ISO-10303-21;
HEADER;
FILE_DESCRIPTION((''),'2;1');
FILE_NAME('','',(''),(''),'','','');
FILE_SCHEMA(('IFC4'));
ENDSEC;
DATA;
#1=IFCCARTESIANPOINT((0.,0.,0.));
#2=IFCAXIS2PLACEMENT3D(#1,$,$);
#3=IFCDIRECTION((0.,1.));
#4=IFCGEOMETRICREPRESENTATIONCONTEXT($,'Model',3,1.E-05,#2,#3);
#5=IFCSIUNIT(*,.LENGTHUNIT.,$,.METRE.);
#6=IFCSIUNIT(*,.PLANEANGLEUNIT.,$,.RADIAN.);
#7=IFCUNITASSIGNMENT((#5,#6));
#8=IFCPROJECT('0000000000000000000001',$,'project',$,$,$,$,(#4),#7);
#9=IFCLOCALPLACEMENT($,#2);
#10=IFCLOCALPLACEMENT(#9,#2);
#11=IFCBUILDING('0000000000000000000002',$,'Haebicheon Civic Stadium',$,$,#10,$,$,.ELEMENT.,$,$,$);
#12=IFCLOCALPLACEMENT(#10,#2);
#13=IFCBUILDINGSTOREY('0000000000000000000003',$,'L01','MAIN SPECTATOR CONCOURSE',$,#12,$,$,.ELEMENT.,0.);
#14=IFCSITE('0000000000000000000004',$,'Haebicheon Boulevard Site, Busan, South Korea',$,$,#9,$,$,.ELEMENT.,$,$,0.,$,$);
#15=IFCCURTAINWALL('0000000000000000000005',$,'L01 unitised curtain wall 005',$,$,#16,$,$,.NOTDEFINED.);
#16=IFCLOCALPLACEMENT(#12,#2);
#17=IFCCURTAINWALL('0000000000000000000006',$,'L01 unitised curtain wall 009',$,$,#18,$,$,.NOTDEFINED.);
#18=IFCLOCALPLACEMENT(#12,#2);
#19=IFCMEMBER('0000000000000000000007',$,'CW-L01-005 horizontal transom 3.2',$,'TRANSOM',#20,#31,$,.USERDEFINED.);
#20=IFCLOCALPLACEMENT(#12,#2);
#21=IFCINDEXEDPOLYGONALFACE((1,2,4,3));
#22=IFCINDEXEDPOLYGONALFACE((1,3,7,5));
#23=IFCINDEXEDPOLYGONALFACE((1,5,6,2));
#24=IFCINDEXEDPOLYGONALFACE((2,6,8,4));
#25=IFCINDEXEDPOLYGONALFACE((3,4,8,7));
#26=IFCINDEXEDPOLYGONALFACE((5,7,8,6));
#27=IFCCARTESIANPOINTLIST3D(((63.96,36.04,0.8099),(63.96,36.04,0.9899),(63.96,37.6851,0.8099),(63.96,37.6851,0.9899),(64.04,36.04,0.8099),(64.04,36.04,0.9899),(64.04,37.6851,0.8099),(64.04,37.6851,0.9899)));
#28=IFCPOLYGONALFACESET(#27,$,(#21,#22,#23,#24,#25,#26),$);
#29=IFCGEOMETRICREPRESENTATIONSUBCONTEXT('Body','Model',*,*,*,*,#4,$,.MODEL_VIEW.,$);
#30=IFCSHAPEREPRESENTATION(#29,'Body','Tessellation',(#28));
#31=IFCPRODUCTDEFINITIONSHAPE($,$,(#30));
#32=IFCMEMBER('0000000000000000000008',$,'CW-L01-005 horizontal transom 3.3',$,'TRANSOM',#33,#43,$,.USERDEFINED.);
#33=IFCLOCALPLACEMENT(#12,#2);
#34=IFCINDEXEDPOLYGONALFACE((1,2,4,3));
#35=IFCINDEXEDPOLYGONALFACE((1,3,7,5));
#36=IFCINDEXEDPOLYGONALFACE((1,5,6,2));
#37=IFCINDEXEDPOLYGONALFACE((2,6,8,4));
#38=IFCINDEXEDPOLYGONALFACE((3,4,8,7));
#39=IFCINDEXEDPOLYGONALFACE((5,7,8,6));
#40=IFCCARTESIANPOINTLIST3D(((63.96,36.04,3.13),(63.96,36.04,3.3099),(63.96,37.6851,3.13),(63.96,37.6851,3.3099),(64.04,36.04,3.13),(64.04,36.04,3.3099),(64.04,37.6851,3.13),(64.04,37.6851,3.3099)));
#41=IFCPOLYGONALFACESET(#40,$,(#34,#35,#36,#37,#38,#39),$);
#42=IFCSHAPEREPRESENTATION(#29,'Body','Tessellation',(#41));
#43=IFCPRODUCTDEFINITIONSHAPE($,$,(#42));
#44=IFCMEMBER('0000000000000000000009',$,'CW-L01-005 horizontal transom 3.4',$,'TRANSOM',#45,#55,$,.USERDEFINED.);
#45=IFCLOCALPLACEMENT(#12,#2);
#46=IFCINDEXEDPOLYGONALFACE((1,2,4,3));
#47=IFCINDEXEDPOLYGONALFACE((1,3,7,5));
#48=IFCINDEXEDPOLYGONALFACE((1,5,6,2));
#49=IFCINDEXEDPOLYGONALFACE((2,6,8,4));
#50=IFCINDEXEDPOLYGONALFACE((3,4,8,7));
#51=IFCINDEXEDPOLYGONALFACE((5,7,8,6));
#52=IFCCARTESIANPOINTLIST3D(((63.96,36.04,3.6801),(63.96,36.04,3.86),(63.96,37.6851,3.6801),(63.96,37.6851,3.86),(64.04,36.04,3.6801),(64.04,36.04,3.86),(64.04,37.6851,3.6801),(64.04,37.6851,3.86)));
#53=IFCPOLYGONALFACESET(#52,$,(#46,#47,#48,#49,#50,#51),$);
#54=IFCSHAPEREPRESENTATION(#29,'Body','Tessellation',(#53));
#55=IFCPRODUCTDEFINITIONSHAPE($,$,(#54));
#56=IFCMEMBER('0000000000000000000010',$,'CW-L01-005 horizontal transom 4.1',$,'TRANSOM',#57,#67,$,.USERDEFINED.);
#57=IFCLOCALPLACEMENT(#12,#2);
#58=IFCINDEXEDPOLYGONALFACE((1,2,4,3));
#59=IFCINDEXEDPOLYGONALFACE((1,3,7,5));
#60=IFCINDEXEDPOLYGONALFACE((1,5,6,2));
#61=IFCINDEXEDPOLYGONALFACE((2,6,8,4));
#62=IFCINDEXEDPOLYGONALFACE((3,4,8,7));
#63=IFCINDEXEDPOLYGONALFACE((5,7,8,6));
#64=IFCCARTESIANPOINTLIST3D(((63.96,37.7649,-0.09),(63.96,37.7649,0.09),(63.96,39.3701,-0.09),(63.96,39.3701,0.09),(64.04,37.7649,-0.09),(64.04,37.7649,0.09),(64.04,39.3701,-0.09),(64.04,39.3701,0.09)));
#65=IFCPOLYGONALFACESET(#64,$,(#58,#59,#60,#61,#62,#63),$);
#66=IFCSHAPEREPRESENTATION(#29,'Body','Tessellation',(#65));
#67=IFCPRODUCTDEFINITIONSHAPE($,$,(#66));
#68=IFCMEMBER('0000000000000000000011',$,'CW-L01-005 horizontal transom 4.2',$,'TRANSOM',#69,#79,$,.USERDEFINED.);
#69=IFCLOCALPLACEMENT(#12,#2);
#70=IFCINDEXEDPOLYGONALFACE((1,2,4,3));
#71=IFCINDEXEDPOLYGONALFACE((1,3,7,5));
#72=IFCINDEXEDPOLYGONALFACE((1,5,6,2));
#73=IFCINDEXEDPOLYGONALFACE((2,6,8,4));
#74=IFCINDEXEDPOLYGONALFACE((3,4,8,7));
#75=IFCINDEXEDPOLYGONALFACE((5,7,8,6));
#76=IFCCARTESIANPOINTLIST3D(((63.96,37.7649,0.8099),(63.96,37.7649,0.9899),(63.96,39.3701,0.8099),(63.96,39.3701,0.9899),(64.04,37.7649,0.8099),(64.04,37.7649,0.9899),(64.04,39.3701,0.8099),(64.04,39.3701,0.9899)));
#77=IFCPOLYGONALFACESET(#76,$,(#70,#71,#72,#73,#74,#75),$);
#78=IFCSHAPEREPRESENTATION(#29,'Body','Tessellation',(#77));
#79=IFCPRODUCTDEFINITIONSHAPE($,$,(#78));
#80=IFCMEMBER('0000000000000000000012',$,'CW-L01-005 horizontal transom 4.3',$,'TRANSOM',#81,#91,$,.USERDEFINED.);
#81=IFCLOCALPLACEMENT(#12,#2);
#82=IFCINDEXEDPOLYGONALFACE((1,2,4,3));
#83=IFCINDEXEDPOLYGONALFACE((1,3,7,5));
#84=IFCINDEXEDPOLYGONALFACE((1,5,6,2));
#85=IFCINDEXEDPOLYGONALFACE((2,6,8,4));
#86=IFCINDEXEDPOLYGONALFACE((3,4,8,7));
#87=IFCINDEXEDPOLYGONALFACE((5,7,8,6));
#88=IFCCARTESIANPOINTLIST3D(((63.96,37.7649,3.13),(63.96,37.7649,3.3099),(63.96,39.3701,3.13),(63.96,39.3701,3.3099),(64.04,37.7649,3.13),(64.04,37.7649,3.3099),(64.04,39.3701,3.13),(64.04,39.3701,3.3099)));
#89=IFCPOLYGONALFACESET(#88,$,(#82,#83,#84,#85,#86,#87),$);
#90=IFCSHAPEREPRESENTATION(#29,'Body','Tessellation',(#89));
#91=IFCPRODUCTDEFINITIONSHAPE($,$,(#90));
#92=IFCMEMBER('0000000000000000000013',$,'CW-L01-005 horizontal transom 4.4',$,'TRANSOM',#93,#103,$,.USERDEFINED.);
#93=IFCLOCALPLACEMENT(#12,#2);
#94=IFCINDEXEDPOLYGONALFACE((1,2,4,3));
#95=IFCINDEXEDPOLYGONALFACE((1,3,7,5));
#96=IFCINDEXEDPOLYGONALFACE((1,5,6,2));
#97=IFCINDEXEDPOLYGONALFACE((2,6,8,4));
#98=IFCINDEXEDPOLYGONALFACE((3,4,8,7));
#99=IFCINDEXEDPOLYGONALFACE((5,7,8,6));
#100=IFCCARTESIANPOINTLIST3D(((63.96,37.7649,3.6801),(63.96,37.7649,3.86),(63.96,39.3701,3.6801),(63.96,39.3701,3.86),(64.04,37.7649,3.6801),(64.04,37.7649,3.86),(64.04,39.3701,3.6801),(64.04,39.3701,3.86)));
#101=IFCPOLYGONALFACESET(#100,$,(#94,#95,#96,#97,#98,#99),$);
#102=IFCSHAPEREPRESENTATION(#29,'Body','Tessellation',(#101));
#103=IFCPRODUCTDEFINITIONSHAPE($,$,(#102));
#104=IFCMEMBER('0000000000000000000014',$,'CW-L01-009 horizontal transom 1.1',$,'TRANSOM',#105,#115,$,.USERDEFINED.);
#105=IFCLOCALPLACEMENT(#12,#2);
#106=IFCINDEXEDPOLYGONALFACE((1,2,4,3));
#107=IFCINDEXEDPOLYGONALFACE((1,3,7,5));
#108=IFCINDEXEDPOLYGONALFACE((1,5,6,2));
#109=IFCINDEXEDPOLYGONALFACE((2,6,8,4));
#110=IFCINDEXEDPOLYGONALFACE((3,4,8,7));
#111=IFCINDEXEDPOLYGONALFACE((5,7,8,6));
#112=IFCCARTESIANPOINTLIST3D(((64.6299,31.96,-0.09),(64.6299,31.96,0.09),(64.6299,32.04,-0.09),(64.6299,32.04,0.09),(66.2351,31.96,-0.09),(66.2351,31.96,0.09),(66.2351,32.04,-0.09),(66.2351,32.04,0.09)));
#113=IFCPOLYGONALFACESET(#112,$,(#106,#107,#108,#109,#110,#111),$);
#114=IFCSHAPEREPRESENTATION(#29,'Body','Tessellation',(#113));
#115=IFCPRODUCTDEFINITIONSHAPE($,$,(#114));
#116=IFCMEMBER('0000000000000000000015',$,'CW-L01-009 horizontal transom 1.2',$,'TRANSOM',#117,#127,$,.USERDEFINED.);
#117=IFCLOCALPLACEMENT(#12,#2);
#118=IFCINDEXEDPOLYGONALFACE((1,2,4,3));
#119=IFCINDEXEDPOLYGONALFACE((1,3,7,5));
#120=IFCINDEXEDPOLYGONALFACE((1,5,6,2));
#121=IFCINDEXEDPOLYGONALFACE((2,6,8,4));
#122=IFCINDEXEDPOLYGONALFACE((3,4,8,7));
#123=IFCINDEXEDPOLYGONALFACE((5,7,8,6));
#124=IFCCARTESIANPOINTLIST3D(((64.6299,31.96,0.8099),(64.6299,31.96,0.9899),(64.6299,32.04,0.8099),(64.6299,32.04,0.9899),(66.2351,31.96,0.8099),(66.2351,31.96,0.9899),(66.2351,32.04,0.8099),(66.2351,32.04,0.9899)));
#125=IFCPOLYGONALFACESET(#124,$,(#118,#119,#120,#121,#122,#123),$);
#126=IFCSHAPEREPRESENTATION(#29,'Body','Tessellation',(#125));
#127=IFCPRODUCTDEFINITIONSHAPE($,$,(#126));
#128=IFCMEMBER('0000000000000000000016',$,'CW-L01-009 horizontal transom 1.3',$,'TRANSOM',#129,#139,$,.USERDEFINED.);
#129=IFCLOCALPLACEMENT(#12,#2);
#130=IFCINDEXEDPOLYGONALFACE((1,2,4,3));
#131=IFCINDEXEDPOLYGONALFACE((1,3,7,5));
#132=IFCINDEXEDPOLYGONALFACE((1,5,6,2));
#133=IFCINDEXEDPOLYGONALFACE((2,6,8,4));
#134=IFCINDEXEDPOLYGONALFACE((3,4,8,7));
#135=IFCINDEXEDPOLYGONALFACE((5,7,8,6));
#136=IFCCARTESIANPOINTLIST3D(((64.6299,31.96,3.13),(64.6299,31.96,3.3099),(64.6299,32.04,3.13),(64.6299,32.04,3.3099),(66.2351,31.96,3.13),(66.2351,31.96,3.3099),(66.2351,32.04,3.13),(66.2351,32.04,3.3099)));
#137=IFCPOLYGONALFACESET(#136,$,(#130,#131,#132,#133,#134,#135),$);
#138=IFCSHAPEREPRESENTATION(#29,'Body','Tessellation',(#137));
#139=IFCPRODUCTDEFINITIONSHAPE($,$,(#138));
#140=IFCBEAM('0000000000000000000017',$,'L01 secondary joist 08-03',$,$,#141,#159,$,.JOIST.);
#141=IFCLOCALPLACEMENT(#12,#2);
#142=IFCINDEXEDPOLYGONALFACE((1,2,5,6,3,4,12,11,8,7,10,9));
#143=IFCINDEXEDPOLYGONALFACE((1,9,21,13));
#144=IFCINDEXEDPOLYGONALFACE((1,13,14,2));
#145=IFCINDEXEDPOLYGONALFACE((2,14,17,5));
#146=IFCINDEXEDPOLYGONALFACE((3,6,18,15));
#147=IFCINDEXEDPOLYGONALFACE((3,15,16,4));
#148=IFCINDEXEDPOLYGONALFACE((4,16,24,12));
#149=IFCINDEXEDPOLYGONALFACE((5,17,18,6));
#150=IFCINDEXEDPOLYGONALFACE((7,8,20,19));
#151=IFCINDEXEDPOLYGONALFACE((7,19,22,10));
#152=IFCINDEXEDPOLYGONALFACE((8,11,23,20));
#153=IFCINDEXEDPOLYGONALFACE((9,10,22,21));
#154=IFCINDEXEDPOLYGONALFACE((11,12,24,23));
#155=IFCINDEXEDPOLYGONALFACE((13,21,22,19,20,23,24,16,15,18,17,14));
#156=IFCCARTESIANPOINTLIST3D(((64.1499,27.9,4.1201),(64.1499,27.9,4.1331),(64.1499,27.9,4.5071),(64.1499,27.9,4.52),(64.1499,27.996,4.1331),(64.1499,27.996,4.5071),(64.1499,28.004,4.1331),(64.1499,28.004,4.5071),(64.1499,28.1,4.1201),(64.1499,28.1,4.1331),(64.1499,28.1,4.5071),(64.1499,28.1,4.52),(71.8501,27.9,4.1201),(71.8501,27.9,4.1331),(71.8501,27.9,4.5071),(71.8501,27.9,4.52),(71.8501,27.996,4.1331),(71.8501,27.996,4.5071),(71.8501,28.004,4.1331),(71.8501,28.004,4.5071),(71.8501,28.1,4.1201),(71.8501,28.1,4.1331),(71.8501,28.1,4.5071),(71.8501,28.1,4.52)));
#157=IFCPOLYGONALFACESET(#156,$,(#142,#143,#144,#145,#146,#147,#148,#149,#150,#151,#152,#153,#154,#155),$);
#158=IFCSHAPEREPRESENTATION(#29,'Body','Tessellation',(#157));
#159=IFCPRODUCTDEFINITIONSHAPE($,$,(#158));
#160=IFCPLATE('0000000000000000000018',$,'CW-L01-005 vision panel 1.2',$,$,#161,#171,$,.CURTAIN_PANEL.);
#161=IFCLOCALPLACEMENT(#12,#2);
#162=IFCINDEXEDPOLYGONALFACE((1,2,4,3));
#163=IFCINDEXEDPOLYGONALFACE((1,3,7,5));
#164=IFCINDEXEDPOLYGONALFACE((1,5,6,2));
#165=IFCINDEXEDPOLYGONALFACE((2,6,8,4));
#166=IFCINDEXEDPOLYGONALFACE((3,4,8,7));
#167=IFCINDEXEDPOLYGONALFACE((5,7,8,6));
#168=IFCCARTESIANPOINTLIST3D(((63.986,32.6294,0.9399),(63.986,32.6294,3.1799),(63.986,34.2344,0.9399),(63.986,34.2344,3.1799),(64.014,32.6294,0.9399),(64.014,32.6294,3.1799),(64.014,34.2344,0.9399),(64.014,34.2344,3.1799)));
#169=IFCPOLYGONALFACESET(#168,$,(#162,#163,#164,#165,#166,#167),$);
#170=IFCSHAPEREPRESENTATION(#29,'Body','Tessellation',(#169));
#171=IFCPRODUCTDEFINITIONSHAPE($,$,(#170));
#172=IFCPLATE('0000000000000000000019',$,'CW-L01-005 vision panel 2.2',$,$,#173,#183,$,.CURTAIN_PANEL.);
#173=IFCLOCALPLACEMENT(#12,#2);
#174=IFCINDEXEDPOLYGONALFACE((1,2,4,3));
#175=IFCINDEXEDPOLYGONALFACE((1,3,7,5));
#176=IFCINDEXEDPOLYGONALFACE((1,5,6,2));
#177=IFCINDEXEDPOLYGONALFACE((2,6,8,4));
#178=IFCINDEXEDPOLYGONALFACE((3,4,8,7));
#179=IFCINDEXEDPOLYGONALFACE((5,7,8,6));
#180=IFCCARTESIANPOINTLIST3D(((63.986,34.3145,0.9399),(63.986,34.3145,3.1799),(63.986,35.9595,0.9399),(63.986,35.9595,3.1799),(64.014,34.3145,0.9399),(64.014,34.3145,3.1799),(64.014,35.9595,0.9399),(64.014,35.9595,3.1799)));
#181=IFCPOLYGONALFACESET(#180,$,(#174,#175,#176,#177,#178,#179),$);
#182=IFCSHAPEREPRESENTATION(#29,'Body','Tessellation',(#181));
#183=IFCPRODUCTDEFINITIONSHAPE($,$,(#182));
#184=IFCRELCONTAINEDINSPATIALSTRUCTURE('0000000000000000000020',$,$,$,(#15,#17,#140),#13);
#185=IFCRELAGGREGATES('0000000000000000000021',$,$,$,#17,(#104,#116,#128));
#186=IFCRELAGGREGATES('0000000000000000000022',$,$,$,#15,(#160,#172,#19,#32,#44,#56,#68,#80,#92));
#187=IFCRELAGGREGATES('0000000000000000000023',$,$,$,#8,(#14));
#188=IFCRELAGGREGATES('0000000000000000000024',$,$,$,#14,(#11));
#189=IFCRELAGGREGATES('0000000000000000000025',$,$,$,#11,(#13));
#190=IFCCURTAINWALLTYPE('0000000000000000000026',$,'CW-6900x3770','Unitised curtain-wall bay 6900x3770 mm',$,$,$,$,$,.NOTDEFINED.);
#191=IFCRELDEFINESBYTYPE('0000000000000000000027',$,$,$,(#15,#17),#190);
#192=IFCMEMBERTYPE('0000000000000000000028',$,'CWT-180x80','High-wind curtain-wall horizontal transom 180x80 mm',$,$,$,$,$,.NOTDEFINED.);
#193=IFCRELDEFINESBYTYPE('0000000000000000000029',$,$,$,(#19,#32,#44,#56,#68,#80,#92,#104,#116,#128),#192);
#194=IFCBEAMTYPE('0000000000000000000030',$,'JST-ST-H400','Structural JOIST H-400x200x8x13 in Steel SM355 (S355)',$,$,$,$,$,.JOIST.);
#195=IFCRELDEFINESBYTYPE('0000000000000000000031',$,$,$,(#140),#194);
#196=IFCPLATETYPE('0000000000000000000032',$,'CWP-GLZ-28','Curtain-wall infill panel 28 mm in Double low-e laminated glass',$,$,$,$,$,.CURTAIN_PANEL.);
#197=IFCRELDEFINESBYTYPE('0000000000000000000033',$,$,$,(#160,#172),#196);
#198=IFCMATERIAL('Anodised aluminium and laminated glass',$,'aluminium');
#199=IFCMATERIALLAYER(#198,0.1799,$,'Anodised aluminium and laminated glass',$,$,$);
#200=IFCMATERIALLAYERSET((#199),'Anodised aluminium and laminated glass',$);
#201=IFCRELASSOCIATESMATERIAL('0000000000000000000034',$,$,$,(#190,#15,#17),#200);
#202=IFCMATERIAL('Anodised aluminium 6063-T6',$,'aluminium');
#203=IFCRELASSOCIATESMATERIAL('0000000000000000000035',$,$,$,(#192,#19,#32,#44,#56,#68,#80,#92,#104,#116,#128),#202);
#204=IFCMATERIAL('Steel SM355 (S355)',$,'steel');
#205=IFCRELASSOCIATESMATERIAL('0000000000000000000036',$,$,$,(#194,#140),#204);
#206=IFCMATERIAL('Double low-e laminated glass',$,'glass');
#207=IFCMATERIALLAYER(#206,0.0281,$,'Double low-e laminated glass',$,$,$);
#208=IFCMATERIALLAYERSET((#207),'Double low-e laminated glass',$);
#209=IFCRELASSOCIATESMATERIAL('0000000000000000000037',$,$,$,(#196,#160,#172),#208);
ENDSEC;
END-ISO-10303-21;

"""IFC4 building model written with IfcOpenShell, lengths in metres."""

from ifc_helpers import new_model, si_unit, direction, frame, origin, origin_2d, place, context, subcontext, project, spatial, rectangle, i_section, extrude, material, layer, layer_set, material_profile, profile_set, type_object, element, aggregate, save


model = new_model("IFC4")

# Units and contexts
model_context = context("Model", 3, precision=1e-05, world=origin(), true_north=direction((0.0, 1.0)))
body_context = subcontext(model_context, "Body", "Model", "MODEL_VIEW")
ifc_project = project(units=[si_unit("LENGTHUNIT", "METRE"), si_unit("PLANEANGLEUNIT", "RADIAN")], contexts=[model_context])

# Site, building, storey
site_placement = place(None, origin())
site = spatial("IfcSite", under=ifc_project, at=site_placement, Name="Haebicheon Boulevard Site, Busan, South Korea", CompositionType="ELEMENT", RefElevation=0.0)
building_placement = place(site_placement, origin())
building = spatial("IfcBuilding", under=site, at=building_placement, Name="Haebicheon Civic Stadium", CompositionType="ELEMENT")
storey_placement = place(building_placement, origin())
storey = spatial("IfcBuildingStorey", under=building, at=storey_placement, Name="L01", Description="MAIN SPECTATOR CONCOURSE", CompositionType="ELEMENT", Elevation=0.0)

# Curtain wall
ifc_material_1 = material(Name="Anodised aluminium and laminated glass", Category="aluminium")
ifc_layer_1 = layer(ifc_material_1, 0.1799, Name="Anodised aluminium and laminated glass")
ifc_layer_set_1 = layer_set([ifc_layer_1], Name="Anodised aluminium and laminated glass")
curtain_wall_type = type_object("IfcCurtainWallType", Name="CW-6900x3770", Description="Unitised curtain-wall bay 6900x3770 mm", PredefinedType="NOTDEFINED", material=ifc_layer_set_1)
curtain_wall_1_placement = place(storey_placement, origin())
curtain_wall_1 = element("IfcCurtainWall", 1, at=curtain_wall_1_placement, inside=storey, type_object=curtain_wall_type, material=ifc_layer_set_1, Name="L01 unitised curtain wall 005", PredefinedType="NOTDEFINED")

# Curtain wall
curtain_wall_2_placement = place(storey_placement, origin())
curtain_wall_2 = element("IfcCurtainWall", 2, at=curtain_wall_2_placement, inside=storey, type_object=curtain_wall_type, material=ifc_layer_set_1, Name="L01 unitised curtain wall 009", PredefinedType="NOTDEFINED")

# Members
ifc_material_2 = material(Name="Anodised aluminium 6063-T6", Category="aluminium")
ifc_material_profile_1 = material_profile(ifc_material_2, rectangle(XDim=0.0801, YDim=0.1799, at=origin_2d()), Name="ALU-TRAN-80x180")
ifc_profile_set_1 = profile_set([ifc_material_profile_1], Name="Anodised aluminium 6063-T6")
member_type_1 = type_object("IfcMemberType", Name="CWT-180x80", Description="High-wind curtain-wall horizontal transom 180x80 mm", PredefinedType="NOTDEFINED", material=ifc_profile_set_1)
member_1_placement = place(storey_placement, frame((64.0, 36.04, 0.8999), z_axis=(0.0, 1.0, 0.0), x_axis=(-1.0, 0.0, 0.0)))
member_1 = element("IfcMember", 3, at=member_1_placement, type_object=member_type_1, material=ifc_profile_set_1, Name="CW-L01-005 horizontal transom 3.2", ObjectType="TRANSOM", PredefinedType="USERDEFINED", context=body_context, shape_type="SweptSolid", body=[
    extrude(rectangle(XDim=0.0801, YDim=0.1799, at=origin_2d()), origin(), (0.0, 0.0, 1.0), 1.645),
])
member_2_placement = place(storey_placement, frame((64.0, 36.04, 3.22), z_axis=(0.0, 1.0, 0.0), x_axis=(-1.0, 0.0, 0.0)))
member_2 = element("IfcMember", 4, at=member_2_placement, type_object=member_type_1, material=ifc_profile_set_1, Name="CW-L01-005 horizontal transom 3.3", ObjectType="TRANSOM", PredefinedType="USERDEFINED", context=body_context, shape_type="SweptSolid", body=[
    extrude(rectangle(XDim=0.0801, YDim=0.1799, at=origin_2d()), origin(), (0.0, 0.0, 1.0), 1.645),
])
member_3_placement = place(storey_placement, frame((64.0, 36.04, 3.77), z_axis=(0.0, 1.0, 0.0), x_axis=(-1.0, 0.0, 0.0)))
member_3 = element("IfcMember", 5, at=member_3_placement, type_object=member_type_1, material=ifc_profile_set_1, Name="CW-L01-005 horizontal transom 3.4", ObjectType="TRANSOM", PredefinedType="USERDEFINED", context=body_context, shape_type="SweptSolid", body=[
    extrude(rectangle(XDim=0.0801, YDim=0.1799, at=origin_2d()), origin(), (0.0, 0.0, 1.0), 1.645),
])
member_4_placement = place(storey_placement, frame((64.0, 37.7649, 0.0), z_axis=(0.0, 1.0, 0.0), x_axis=(-1.0, 0.0, 0.0)))
member_4 = element("IfcMember", 6, at=member_4_placement, type_object=member_type_1, material=ifc_profile_set_1, Name="CW-L01-005 horizontal transom 4.1", ObjectType="TRANSOM", PredefinedType="USERDEFINED", context=body_context, shape_type="SweptSolid", body=[
    extrude(rectangle(XDim=0.0801, YDim=0.1799, at=origin_2d()), origin(), (0.0, 0.0, 1.0), 1.6052),
])
member_5_placement = place(storey_placement, frame((64.0, 37.7649, 0.8999), z_axis=(0.0, 1.0, 0.0), x_axis=(-1.0, 0.0, 0.0)))
member_5 = element("IfcMember", 7, at=member_5_placement, type_object=member_type_1, material=ifc_profile_set_1, Name="CW-L01-005 horizontal transom 4.2", ObjectType="TRANSOM", PredefinedType="USERDEFINED", context=body_context, shape_type="SweptSolid", body=[
    extrude(rectangle(XDim=0.0801, YDim=0.1799, at=origin_2d()), origin(), (0.0, 0.0, 1.0), 1.6052),
])
member_6_placement = place(storey_placement, frame((64.0, 37.7649, 3.22), z_axis=(0.0, 1.0, 0.0), x_axis=(-1.0, 0.0, 0.0)))
member_6 = element("IfcMember", 8, at=member_6_placement, type_object=member_type_1, material=ifc_profile_set_1, Name="CW-L01-005 horizontal transom 4.3", ObjectType="TRANSOM", PredefinedType="USERDEFINED", context=body_context, shape_type="SweptSolid", body=[
    extrude(rectangle(XDim=0.0801, YDim=0.1799, at=origin_2d()), origin(), (0.0, 0.0, 1.0), 1.6052),
])
member_7_placement = place(storey_placement, frame((64.0, 37.7649, 3.77), z_axis=(0.0, 1.0, 0.0), x_axis=(-1.0, 0.0, 0.0)))
member_7 = element("IfcMember", 9, at=member_7_placement, type_object=member_type_1, material=ifc_profile_set_1, Name="CW-L01-005 horizontal transom 4.4", ObjectType="TRANSOM", PredefinedType="USERDEFINED", context=body_context, shape_type="SweptSolid", body=[
    extrude(rectangle(XDim=0.0801, YDim=0.1799, at=origin_2d()), origin(), (0.0, 0.0, 1.0), 1.6052),
])
member_8_placement = place(storey_placement, frame((64.6299, 32.0, 0.0), z_axis=(1.0, 0.0, 0.0), x_axis=(0.0, 1.0, 0.0)))
member_8 = element("IfcMember", 10, at=member_8_placement, type_object=member_type_1, material=ifc_profile_set_1, Name="CW-L01-009 horizontal transom 1.1", ObjectType="TRANSOM", PredefinedType="USERDEFINED", context=body_context, shape_type="SweptSolid", body=[
    extrude(rectangle(XDim=0.0801, YDim=0.1799, at=origin_2d()), origin(), (0.0, 0.0, 1.0), 1.6052),
])
member_9_placement = place(storey_placement, frame((64.6299, 32.0, 0.8999), z_axis=(1.0, 0.0, 0.0), x_axis=(0.0, 1.0, 0.0)))
member_9 = element("IfcMember", 11, at=member_9_placement, type_object=member_type_1, material=ifc_profile_set_1, Name="CW-L01-009 horizontal transom 1.2", ObjectType="TRANSOM", PredefinedType="USERDEFINED", context=body_context, shape_type="SweptSolid", body=[
    extrude(rectangle(XDim=0.0801, YDim=0.1799, at=origin_2d()), origin(), (0.0, 0.0, 1.0), 1.6052),
])
member_10_placement = place(storey_placement, frame((64.6299, 32.0, 3.22), z_axis=(1.0, 0.0, 0.0), x_axis=(0.0, 1.0, 0.0)))
member_10 = element("IfcMember", 12, at=member_10_placement, type_object=member_type_1, material=ifc_profile_set_1, Name="CW-L01-009 horizontal transom 1.3", ObjectType="TRANSOM", PredefinedType="USERDEFINED", context=body_context, shape_type="SweptSolid", body=[
    extrude(rectangle(XDim=0.0801, YDim=0.1799, at=origin_2d()), origin(), (0.0, 0.0, 1.0), 1.6052),
])
aggregate(curtain_wall_2, [member_8, member_9, member_10])

# Beam
ifc_material_3 = material(Name="Steel SM355 (S355)", Category="steel")
ifc_material_profile_2 = material_profile(ifc_material_3, i_section(OverallWidth=0.2, OverallDepth=0.3999, WebThickness=0.0081, FlangeThickness=0.0129, at=origin_2d()), Name="H-400x200x8x13")
ifc_profile_set_2 = profile_set([ifc_material_profile_2], Name="Steel SM355 (S355)")
beam_type = type_object("IfcBeamType", Name="JST-ST-H400", Description="Structural JOIST H-400x200x8x13 in Steel SM355 (S355)", PredefinedType="JOIST", material=ifc_profile_set_2)
beam_placement = place(storey_placement, frame((64.1499, 28.0, 4.3201), z_axis=(1.0, 0.0, 0.0), x_axis=(0.0, 1.0, 0.0)))
element("IfcBeam", 13, at=beam_placement, inside=storey, type_object=beam_type, material=ifc_profile_set_2, Name="L01 secondary joist 08-03", PredefinedType="JOIST", context=body_context, shape_type="SweptSolid", body=[
    extrude(i_section(OverallWidth=0.2, OverallDepth=0.3999, WebThickness=0.0081, FlangeThickness=0.0129, at=origin_2d()), origin(), (0.0, 0.0, 1.0), 7.7002),
])

# Plates
ifc_material_4 = material(Name="Double low-e laminated glass", Category="glass")
ifc_layer_2 = layer(ifc_material_4, 0.0281, Name="Double low-e laminated glass")
ifc_layer_set_2 = layer_set([ifc_layer_2], Name="Double low-e laminated glass")
plate_type_1 = type_object("IfcPlateType", Name="CWP-GLZ-28", Description="Curtain-wall infill panel 28 mm in Double low-e laminated glass", PredefinedType="CURTAIN_PANEL", material=ifc_layer_set_2)
plate_1_placement = place(storey_placement, frame((64.0, 33.4319, 0.9399), z_axis=(0.0, 0.0, 1.0), x_axis=(0.0, 1.0, 0.0)))
plate_1 = element("IfcPlate", 14, at=plate_1_placement, type_object=plate_type_1, material=ifc_layer_set_2, Name="CW-L01-005 vision panel 1.2", PredefinedType="CURTAIN_PANEL", context=body_context, shape_type="SweptSolid", body=[
    extrude(rectangle(XDim=1.605, YDim=0.0281, at=origin_2d()), origin(), (0.0, 0.0, 1.0), 2.24),
])
plate_2_placement = place(storey_placement, frame((64.0, 35.137, 0.9399), z_axis=(0.0, 0.0, 1.0), x_axis=(0.0, 1.0, 0.0)))
plate_2 = element("IfcPlate", 15, at=plate_2_placement, type_object=plate_type_1, material=ifc_layer_set_2, Name="CW-L01-005 vision panel 2.2", PredefinedType="CURTAIN_PANEL", context=body_context, shape_type="SweptSolid", body=[
    extrude(rectangle(XDim=1.645, YDim=0.0281, at=origin_2d()), origin(), (0.0, 0.0, 1.0), 2.24),
])
aggregate(curtain_wall_1, [plate_1, plate_2, member_1, member_2, member_3, member_4, member_5, member_6, member_7])

save(model, "model.ifc")
